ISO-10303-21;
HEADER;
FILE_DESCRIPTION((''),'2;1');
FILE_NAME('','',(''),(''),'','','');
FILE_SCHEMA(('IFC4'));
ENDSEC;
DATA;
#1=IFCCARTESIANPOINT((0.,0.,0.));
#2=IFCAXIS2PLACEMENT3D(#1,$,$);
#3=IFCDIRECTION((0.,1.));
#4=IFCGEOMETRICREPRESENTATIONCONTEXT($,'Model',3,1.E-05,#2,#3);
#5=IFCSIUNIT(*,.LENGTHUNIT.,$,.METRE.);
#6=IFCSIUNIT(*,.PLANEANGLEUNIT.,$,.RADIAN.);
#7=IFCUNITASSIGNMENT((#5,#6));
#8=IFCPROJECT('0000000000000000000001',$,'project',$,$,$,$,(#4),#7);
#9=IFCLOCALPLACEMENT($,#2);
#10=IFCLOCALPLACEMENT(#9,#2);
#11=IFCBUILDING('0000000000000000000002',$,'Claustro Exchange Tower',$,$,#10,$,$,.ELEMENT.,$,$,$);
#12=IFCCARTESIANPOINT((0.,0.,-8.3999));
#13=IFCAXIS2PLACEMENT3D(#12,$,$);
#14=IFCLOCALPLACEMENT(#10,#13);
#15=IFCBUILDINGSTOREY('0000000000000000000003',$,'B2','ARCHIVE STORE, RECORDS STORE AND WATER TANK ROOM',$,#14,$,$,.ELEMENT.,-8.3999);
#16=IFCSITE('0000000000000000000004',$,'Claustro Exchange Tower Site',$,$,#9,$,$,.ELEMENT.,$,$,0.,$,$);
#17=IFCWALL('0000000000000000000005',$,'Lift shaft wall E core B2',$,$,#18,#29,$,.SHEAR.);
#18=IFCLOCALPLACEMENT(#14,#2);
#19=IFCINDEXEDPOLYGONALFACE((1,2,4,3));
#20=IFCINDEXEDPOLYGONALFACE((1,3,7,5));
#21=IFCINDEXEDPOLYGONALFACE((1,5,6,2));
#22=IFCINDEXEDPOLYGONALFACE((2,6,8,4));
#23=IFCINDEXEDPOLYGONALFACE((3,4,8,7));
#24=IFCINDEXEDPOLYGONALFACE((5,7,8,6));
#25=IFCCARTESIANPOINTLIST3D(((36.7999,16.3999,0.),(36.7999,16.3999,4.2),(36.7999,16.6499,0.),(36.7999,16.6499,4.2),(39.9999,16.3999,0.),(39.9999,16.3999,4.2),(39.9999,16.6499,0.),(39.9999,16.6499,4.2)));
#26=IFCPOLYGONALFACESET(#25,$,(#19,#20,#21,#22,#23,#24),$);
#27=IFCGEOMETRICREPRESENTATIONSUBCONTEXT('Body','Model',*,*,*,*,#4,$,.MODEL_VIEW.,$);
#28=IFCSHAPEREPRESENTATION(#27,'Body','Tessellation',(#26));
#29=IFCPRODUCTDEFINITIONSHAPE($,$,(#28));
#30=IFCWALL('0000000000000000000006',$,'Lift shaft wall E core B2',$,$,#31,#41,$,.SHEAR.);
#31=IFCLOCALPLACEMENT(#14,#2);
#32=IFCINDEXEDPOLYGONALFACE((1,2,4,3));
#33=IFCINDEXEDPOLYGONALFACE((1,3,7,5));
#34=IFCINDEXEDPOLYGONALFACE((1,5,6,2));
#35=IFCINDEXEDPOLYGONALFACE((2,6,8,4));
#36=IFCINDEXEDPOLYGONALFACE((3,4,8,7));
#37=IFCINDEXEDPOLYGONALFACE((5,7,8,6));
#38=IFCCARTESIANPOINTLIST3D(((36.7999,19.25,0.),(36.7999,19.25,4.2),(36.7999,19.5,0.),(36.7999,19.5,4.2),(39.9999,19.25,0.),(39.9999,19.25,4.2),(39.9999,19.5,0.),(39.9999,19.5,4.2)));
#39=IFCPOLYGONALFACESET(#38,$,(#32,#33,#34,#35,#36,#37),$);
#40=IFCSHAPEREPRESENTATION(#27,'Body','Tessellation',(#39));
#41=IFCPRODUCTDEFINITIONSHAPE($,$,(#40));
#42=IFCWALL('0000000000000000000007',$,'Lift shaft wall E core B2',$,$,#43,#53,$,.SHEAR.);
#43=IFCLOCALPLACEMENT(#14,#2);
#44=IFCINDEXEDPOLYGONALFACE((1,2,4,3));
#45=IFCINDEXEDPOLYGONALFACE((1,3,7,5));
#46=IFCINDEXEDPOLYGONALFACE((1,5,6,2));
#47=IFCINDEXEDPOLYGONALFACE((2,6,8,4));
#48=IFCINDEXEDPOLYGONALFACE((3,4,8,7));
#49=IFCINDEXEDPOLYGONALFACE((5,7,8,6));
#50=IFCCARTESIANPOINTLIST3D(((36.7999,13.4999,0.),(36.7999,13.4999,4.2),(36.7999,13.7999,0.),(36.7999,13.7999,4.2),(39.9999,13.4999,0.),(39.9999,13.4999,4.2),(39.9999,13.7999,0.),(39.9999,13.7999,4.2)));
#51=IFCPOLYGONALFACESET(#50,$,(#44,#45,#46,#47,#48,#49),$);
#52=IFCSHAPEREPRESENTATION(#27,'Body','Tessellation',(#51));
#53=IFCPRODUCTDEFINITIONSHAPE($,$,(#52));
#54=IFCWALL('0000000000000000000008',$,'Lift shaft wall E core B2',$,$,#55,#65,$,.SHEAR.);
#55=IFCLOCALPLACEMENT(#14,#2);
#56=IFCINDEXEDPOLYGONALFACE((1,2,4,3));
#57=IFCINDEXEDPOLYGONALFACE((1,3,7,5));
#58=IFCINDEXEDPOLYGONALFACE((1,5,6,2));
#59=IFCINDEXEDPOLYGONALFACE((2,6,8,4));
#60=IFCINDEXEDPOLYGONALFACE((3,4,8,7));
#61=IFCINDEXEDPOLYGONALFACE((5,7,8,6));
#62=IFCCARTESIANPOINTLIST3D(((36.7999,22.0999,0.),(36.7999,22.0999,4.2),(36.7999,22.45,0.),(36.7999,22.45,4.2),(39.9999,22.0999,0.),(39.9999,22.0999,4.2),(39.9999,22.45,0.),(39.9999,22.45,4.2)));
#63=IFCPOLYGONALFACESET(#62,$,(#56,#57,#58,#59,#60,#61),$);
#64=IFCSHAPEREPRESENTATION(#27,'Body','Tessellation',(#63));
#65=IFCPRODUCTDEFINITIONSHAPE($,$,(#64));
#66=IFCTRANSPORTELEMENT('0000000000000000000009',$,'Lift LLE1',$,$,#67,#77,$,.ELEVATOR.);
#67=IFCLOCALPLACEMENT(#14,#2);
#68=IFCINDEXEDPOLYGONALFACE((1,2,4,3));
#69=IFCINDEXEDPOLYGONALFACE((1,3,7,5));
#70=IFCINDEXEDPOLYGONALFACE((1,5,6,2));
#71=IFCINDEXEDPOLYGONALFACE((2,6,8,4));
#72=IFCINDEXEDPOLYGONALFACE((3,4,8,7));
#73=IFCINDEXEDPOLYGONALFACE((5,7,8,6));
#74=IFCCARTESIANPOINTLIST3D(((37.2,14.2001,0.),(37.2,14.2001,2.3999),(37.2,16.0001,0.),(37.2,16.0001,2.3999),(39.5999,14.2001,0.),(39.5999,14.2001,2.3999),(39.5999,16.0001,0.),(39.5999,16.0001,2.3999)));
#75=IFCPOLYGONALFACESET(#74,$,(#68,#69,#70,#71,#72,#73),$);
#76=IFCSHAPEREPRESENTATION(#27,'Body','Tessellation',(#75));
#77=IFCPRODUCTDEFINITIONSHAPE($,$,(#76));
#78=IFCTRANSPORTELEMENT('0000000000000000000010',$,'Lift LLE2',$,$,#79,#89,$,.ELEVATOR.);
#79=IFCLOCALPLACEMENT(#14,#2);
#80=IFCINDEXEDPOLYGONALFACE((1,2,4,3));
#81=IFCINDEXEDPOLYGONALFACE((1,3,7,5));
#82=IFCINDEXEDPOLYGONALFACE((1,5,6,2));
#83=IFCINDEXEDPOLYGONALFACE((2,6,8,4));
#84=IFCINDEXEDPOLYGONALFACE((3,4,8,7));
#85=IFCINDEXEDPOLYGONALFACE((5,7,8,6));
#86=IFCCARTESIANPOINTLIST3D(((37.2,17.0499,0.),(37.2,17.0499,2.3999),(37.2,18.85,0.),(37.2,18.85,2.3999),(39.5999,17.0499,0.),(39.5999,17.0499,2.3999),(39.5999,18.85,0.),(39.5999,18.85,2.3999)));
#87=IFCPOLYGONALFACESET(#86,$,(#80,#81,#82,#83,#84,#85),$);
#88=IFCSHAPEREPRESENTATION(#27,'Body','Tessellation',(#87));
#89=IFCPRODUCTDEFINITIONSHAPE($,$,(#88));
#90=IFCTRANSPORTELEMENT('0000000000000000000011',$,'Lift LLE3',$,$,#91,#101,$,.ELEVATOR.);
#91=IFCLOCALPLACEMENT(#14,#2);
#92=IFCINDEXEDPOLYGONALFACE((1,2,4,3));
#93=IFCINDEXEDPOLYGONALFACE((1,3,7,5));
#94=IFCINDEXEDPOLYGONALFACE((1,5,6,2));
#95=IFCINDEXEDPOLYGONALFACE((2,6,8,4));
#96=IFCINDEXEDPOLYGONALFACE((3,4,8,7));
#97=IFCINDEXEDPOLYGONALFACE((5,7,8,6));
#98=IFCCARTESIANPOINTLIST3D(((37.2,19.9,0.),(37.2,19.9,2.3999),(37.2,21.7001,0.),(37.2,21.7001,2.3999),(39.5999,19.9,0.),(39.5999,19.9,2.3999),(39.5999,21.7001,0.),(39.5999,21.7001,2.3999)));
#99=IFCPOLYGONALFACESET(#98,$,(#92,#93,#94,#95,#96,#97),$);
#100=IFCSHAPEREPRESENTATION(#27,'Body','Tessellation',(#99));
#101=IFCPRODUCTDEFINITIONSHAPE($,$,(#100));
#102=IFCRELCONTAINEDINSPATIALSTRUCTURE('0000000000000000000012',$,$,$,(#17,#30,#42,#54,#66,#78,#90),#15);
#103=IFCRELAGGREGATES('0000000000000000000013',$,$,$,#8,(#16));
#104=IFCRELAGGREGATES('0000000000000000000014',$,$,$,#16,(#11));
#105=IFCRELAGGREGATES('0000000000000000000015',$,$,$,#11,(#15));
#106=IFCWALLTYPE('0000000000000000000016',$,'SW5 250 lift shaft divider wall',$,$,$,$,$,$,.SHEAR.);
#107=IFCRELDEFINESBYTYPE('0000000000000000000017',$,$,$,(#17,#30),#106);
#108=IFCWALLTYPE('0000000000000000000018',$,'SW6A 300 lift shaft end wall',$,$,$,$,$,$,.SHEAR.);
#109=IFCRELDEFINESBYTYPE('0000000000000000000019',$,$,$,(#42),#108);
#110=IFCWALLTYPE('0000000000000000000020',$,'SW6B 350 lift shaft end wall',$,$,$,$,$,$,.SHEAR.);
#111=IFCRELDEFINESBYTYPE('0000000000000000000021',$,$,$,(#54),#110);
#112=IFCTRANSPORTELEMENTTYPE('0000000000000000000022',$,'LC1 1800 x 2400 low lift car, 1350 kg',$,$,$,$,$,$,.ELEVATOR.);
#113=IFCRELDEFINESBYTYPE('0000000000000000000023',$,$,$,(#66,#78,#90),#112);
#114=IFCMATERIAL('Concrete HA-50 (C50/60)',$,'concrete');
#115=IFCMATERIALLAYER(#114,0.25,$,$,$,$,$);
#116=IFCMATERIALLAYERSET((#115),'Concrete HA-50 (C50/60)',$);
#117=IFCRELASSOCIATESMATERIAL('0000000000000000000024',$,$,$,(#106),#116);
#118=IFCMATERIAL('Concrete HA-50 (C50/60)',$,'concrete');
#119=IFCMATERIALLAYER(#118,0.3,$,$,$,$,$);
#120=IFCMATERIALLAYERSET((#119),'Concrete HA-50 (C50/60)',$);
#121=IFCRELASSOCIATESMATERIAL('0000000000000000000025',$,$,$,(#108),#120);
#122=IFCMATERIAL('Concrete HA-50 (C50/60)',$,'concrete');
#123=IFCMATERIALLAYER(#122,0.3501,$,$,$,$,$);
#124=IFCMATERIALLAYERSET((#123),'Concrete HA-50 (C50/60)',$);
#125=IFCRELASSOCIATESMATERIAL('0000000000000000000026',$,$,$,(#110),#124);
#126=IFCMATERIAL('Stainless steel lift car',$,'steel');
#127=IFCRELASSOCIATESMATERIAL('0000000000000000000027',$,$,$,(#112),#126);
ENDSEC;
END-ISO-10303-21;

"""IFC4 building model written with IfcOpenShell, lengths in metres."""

from ifc_helpers import new_model, si_unit, direction, frame, frame_2d, origin, origin_2d, place, context, subcontext, project, spatial, rectangle, extrude, material, layer, layer_set, type_object, element, save


model = new_model("IFC4")

# Units and contexts
model_context = context("Model", 3, precision=1e-05, world=origin(), true_north=direction((0.0, 1.0)))
body_context = subcontext(model_context, "Body", "Model", "MODEL_VIEW")
ifc_project = project(units=[si_unit("LENGTHUNIT", "METRE"), si_unit("PLANEANGLEUNIT", "RADIAN")], contexts=[model_context])

# Site, building, storey
site_placement = place(None, origin())
site = spatial("IfcSite", under=ifc_project, at=site_placement, Name="Claustro Exchange Tower Site", CompositionType="ELEMENT", RefElevation=0.0)
building_placement = place(site_placement, origin())
building = spatial("IfcBuilding", under=site, at=building_placement, Name="Claustro Exchange Tower", CompositionType="ELEMENT")
storey_placement = place(building_placement, frame((0.0, 0.0, -8.3999)))
storey = spatial("IfcBuildingStorey", under=building, at=storey_placement, Name="B2", Description="ARCHIVE STORE, RECORDS STORE AND WATER TANK ROOM", CompositionType="ELEMENT", Elevation=-8.3999)

# Walls
ifc_material_1 = material(Name="Concrete HA-50 (C50/60)", Category="concrete")
ifc_layer_1 = layer(ifc_material_1, 0.25)
ifc_layer_set_1 = layer_set([ifc_layer_1], Name="Concrete HA-50 (C50/60)")
wall_type_1 = type_object("IfcWallType", Name="SW5 250 lift shaft divider wall", PredefinedType="SHEAR", material=ifc_layer_set_1)
for number, where, z_axis, x_axis, name in (
    (1, (40.0, 16.5249, 0.0), (0.0, 0.0, 1.0), (-1.0, 0.0, 0.0), "Lift shaft wall E core B2"),
    (2, (40.0, 19.375, 0.0), (0.0, 0.0, 1.0), (-1.0, 0.0, 0.0), "Lift shaft wall E core B2"),
):
    element("IfcWall", number, at=place(storey_placement, frame(where, z_axis=z_axis, x_axis=x_axis)), inside=storey, type_object=wall_type_1, Name=name, PredefinedType="SHEAR", context=body_context, shape_type="SweptSolid", body=[
        extrude(rectangle(XDim=3.2, YDim=0.25, at=frame_2d((1.6001, 0.0))), origin(), (0.0, 0.0, 1.0), 4.2),
    ])
ifc_material_2 = material(Name="Concrete HA-50 (C50/60)", Category="concrete")
ifc_layer_2 = layer(ifc_material_2, 0.3)
ifc_layer_set_2 = layer_set([ifc_layer_2], Name="Concrete HA-50 (C50/60)")
wall_type_2 = type_object("IfcWallType", Name="SW6A 300 lift shaft end wall", PredefinedType="SHEAR", material=ifc_layer_set_2)
wall_1_placement = place(storey_placement, frame((40.0, 13.6499, 0.0), z_axis=(0.0, 0.0, 1.0), x_axis=(-1.0, 0.0, 0.0)))
element("IfcWall", 3, at=wall_1_placement, inside=storey, type_object=wall_type_2, Name="Lift shaft wall E core B2", PredefinedType="SHEAR", context=body_context, shape_type="SweptSolid", body=[
    extrude(rectangle(XDim=3.2, YDim=0.3, at=frame_2d((1.6001, 0.0))), origin(), (0.0, 0.0, 1.0), 4.2),
])
ifc_material_3 = material(Name="Concrete HA-50 (C50/60)", Category="concrete")
ifc_layer_3 = layer(ifc_material_3, 0.3501)
ifc_layer_set_3 = layer_set([ifc_layer_3], Name="Concrete HA-50 (C50/60)")
wall_type_3 = type_object("IfcWallType", Name="SW6B 350 lift shaft end wall", PredefinedType="SHEAR", material=ifc_layer_set_3)
wall_2_placement = place(storey_placement, frame((40.0, 22.2749, 0.0), z_axis=(0.0, 0.0, 1.0), x_axis=(-1.0, 0.0, 0.0)))
element("IfcWall", 4, at=wall_2_placement, inside=storey, type_object=wall_type_3, Name="Lift shaft wall E core B2", PredefinedType="SHEAR", context=body_context, shape_type="SweptSolid", body=[
    extrude(rectangle(XDim=3.2, YDim=0.3501, at=frame_2d((1.6001, 0.0))), origin(), (0.0, 0.0, 1.0), 4.2),
])

# Transport elements
ifc_material_4 = material(Name="Stainless steel lift car", Category="steel")
transport_element_type = type_object("IfcTransportElementType", Name="LC1 1800 x 2400 low lift car, 1350 kg", PredefinedType="ELEVATOR", material=ifc_material_4)
for number, where, name in (
    (5, (38.3999, 15.1001, 0.0), "Lift LLE1"),
    (6, (38.3999, 17.95, 0.0), "Lift LLE2"),
    (7, (38.3999, 20.8, 0.0), "Lift LLE3"),
):
    element("IfcTransportElement", number, at=place(storey_placement, frame(where)), inside=storey, type_object=transport_element_type, Name=name, PredefinedType="ELEVATOR", context=body_context, shape_type="SweptSolid", body=[
        extrude(rectangle(XDim=2.3999, YDim=1.8, at=origin_2d()), origin(), (0.0, 0.0, 1.0), 2.3999),
    ])

save(model, "model.ifc")
